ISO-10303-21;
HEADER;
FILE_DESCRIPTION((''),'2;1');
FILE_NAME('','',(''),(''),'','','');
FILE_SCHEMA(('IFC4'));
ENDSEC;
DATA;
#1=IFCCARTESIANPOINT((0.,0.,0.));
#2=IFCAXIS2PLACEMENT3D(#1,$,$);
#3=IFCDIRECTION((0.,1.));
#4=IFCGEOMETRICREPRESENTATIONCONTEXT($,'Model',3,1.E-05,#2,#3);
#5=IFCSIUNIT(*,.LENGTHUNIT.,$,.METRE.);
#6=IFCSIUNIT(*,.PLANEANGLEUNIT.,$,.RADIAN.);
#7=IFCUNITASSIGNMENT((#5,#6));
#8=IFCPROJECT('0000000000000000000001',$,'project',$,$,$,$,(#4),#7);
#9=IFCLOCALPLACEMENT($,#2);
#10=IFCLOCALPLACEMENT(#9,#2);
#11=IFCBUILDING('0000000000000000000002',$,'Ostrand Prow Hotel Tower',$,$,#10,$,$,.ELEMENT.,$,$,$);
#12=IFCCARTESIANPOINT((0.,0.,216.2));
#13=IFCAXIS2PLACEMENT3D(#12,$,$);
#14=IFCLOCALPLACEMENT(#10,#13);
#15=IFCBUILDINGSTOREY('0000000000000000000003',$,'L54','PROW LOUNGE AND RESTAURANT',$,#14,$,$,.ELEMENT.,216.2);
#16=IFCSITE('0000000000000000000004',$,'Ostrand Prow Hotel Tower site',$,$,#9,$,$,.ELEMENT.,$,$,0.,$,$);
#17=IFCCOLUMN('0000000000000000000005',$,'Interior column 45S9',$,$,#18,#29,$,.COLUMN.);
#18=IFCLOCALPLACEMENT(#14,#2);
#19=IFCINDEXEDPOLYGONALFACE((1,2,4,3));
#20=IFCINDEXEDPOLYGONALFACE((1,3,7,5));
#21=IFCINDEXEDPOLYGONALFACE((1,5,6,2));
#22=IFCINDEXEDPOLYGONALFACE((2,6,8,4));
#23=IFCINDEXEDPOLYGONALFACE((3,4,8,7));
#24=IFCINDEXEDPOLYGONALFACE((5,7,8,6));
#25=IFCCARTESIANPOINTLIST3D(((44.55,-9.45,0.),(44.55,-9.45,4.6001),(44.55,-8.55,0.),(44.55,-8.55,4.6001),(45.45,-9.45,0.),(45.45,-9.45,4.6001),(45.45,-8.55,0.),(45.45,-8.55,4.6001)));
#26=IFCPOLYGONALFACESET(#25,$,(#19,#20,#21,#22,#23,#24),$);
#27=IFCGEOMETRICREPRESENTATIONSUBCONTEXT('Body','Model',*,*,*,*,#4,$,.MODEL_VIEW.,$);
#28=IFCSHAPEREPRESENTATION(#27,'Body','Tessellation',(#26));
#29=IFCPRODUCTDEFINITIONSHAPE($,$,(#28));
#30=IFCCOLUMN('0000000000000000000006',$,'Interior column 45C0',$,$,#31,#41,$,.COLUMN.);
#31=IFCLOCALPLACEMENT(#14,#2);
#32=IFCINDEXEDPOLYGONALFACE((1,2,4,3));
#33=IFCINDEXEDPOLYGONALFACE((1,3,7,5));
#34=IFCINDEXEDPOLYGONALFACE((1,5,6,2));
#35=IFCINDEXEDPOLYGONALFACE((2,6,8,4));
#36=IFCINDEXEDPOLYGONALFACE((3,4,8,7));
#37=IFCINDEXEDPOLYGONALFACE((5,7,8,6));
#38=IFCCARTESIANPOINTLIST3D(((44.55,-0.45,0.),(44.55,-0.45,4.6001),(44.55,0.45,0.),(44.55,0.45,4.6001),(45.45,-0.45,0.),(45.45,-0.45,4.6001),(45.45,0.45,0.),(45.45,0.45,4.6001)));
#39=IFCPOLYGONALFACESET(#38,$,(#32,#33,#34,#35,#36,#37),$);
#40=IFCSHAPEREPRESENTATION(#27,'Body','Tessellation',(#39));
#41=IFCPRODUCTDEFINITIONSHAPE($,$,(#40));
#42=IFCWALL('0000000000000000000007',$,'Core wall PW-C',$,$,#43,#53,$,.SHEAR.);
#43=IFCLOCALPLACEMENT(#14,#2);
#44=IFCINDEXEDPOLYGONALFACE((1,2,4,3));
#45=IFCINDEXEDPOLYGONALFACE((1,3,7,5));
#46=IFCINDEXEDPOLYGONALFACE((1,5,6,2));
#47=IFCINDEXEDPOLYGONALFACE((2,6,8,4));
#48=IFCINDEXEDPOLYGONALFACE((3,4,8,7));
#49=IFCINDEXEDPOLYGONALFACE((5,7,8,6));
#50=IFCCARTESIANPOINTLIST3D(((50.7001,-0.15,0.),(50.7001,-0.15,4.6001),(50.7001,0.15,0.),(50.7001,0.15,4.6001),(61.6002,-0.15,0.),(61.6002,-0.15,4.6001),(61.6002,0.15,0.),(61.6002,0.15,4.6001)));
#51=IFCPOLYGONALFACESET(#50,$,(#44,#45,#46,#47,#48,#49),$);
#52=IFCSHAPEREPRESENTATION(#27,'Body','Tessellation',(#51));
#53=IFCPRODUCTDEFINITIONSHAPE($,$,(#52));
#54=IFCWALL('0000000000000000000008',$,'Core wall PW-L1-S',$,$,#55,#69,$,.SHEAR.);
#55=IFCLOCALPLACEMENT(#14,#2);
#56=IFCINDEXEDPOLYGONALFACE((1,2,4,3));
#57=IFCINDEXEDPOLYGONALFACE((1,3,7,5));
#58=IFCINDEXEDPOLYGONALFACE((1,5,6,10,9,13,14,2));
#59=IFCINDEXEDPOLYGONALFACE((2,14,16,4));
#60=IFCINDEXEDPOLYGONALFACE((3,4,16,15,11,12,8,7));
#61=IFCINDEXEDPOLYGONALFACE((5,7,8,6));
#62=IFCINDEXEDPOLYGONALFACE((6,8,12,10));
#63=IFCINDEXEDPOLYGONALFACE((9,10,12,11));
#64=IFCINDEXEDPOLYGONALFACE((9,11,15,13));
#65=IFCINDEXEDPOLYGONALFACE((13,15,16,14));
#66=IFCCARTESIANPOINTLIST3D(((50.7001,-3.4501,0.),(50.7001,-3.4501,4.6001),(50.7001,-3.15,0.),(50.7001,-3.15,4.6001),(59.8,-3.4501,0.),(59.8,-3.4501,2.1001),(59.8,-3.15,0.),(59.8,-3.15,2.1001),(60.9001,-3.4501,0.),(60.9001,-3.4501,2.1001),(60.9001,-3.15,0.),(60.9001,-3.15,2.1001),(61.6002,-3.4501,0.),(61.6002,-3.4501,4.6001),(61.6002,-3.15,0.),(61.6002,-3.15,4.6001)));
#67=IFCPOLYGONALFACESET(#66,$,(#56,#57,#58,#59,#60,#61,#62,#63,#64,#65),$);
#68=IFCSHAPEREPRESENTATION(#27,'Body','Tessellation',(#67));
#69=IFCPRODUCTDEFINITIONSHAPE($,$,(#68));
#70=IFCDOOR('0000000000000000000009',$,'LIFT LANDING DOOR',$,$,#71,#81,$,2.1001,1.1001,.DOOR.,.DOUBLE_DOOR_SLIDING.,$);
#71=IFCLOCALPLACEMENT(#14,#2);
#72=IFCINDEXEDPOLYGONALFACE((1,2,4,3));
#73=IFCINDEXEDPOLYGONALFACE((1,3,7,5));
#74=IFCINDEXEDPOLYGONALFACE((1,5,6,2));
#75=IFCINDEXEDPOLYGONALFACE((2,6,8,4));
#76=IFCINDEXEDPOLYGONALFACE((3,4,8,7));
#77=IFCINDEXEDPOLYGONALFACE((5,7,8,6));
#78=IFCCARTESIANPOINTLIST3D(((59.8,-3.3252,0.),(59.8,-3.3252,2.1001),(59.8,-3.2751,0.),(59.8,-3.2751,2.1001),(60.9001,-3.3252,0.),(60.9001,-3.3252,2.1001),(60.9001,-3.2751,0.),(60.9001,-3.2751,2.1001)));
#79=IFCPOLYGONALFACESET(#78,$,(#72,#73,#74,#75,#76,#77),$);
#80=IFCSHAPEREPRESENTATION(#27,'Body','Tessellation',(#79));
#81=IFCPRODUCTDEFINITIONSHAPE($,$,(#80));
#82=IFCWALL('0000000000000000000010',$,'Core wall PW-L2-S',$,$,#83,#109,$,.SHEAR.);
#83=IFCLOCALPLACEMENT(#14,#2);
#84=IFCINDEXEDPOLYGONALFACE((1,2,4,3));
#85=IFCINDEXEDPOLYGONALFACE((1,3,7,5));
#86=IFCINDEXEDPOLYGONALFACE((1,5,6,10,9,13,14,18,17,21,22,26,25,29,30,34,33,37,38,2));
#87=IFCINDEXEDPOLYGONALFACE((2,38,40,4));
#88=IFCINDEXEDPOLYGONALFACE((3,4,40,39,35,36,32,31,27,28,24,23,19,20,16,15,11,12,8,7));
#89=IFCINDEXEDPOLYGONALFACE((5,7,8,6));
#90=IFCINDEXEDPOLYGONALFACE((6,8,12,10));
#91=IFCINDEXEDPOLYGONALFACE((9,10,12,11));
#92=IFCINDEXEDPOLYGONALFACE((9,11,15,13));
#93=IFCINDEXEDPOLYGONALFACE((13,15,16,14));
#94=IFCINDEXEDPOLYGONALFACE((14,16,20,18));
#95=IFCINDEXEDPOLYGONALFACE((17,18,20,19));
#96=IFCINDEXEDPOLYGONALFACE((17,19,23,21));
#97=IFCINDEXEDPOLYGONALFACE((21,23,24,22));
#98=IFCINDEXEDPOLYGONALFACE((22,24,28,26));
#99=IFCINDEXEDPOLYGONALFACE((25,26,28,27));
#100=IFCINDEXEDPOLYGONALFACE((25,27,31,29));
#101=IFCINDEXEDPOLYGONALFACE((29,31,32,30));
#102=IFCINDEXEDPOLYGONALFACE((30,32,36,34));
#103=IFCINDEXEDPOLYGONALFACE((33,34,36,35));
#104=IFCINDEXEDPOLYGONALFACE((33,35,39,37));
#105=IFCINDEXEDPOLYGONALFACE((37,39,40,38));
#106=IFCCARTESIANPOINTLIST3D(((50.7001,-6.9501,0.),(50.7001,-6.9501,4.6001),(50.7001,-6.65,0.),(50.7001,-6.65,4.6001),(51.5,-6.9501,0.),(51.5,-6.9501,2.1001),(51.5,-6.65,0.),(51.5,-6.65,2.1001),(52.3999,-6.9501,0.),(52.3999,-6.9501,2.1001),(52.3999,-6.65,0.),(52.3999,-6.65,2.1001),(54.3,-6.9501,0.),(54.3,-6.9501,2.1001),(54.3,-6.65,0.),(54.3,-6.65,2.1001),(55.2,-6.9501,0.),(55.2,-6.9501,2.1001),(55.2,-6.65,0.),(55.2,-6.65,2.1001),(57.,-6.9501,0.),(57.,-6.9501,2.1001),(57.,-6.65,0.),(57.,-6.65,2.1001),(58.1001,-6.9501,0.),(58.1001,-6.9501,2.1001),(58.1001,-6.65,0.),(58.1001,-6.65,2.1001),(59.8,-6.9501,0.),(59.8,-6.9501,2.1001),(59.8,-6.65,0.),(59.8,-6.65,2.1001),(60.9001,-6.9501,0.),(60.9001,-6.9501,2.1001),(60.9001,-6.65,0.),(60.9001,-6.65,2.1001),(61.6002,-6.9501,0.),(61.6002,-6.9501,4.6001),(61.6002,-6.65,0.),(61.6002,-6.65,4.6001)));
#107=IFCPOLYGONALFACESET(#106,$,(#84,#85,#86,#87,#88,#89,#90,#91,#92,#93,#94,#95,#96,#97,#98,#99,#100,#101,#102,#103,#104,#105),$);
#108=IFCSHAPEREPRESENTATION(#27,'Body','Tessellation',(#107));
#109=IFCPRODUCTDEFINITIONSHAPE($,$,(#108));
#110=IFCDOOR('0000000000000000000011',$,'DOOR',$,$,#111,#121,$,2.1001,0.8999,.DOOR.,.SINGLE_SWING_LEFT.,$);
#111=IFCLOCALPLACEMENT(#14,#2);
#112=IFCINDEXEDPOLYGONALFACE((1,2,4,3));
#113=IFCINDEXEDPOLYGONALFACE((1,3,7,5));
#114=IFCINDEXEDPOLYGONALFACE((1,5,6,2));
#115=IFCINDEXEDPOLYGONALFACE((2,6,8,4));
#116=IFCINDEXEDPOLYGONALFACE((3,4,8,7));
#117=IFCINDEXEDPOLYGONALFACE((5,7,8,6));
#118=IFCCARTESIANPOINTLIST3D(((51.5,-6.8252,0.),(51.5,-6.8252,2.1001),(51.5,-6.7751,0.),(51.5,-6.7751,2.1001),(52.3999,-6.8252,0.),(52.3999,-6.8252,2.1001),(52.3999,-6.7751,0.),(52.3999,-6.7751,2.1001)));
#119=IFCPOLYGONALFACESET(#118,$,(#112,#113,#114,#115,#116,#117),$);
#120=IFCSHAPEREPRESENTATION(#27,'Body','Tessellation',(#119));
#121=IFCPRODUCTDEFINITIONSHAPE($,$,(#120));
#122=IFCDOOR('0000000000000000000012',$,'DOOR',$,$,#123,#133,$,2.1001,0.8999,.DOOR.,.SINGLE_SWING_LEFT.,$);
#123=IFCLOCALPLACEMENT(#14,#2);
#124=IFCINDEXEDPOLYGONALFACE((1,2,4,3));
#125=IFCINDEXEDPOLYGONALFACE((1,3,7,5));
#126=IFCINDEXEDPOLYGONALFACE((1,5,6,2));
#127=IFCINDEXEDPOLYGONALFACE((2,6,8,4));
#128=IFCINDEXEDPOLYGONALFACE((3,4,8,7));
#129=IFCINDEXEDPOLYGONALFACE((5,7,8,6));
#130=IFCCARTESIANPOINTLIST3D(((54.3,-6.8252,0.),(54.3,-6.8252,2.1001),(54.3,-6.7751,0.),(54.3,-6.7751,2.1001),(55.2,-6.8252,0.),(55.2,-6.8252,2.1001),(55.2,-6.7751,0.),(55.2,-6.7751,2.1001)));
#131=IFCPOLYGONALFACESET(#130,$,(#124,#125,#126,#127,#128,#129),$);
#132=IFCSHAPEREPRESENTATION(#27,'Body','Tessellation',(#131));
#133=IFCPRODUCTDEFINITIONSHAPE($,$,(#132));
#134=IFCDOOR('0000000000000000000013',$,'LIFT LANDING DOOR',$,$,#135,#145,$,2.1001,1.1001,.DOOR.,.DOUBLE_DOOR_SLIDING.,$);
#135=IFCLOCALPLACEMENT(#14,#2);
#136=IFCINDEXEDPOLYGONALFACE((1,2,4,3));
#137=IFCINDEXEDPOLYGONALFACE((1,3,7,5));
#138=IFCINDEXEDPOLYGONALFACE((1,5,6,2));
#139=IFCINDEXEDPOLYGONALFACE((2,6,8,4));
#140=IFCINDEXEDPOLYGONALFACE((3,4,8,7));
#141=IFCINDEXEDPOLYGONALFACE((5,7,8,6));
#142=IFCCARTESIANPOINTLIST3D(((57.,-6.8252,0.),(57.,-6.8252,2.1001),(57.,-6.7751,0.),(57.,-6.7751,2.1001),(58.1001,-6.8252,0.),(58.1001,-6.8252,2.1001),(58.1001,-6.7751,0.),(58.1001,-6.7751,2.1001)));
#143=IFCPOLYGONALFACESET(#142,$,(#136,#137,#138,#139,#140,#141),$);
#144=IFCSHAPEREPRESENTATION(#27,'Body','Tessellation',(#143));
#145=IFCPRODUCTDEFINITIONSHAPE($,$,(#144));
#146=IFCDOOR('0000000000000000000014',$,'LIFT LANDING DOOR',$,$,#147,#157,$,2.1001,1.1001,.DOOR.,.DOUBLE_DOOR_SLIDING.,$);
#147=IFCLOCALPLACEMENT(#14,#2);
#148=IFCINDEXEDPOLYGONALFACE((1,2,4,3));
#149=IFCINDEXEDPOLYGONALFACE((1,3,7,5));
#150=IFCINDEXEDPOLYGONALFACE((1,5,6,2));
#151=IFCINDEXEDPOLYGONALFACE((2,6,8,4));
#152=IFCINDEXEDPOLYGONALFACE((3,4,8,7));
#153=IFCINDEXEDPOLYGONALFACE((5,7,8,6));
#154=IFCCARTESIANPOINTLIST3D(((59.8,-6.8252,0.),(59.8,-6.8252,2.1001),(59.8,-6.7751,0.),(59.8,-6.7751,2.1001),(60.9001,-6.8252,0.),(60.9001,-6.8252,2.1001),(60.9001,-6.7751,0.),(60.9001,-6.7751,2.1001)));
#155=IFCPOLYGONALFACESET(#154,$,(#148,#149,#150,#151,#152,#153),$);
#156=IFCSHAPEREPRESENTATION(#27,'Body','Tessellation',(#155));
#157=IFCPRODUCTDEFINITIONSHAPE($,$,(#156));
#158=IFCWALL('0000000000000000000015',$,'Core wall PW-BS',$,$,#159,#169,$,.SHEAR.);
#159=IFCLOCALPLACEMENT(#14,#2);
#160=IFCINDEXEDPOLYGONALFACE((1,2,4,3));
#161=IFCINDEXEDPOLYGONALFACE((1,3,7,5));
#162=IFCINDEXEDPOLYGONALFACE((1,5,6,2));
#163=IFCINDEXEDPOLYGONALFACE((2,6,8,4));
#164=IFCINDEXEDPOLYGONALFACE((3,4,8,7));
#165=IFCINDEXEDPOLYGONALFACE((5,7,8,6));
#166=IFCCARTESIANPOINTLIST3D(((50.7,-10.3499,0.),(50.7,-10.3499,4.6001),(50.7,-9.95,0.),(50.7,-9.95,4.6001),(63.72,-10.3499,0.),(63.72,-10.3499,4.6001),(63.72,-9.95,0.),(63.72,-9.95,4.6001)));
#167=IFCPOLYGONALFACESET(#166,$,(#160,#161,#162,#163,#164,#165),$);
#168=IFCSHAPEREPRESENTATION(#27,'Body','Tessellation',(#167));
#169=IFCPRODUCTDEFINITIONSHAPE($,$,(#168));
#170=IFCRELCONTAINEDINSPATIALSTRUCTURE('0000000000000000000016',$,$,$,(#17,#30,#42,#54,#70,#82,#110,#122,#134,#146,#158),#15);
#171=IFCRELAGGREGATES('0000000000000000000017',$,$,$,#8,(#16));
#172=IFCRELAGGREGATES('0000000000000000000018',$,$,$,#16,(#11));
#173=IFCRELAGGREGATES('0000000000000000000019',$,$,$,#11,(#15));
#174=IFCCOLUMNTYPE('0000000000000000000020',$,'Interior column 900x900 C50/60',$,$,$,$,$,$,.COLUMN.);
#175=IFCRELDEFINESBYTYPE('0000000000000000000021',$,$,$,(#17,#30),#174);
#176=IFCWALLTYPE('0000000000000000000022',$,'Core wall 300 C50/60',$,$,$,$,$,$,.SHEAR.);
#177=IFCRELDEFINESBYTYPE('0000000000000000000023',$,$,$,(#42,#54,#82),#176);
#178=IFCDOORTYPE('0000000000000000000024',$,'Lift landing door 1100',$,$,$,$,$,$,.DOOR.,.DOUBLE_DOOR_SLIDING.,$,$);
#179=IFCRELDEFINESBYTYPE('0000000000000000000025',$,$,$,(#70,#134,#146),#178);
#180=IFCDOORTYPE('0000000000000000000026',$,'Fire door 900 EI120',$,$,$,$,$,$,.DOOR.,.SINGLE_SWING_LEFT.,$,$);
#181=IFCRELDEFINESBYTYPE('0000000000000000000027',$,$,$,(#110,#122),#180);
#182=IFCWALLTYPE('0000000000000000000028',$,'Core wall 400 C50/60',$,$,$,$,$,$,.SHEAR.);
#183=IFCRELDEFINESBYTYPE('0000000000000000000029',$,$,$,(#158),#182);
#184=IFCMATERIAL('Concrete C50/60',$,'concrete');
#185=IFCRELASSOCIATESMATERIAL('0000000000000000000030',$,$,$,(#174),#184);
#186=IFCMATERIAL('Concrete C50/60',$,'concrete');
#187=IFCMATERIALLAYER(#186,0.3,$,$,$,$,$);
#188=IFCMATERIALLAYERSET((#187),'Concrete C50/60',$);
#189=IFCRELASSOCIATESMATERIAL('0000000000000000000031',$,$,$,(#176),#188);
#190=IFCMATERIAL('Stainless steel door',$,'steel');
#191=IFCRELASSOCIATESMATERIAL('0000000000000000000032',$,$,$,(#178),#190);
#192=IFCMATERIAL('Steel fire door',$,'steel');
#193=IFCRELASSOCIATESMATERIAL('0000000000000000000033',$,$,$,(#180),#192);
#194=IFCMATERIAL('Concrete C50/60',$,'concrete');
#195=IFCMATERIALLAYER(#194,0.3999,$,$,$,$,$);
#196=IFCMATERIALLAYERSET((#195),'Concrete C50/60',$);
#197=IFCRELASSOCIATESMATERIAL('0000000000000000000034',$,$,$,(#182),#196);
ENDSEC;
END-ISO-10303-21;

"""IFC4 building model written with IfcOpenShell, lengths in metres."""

from ifc_helpers import new_model, si_unit, direction, frame, frame_2d, origin, origin_2d, place, context, subcontext, project, spatial, rectangle, extrude, material, layer, layer_set, material_profile, profile_set, type_object, element, fill, save


model = new_model("IFC4")

# Units and contexts
model_context = context("Model", 3, precision=1e-05, world=origin(), true_north=direction((0.0, 1.0)))
body_context = subcontext(model_context, "Body", "Model", "MODEL_VIEW")
ifc_project = project(units=[si_unit("LENGTHUNIT", "METRE"), si_unit("PLANEANGLEUNIT", "RADIAN")], contexts=[model_context])

# Site, building, storey
site_placement = place(None, origin())
site = spatial("IfcSite", under=ifc_project, at=site_placement, Name="Ostrand Prow Hotel Tower site", CompositionType="ELEMENT", RefElevation=0.0)
building_placement = place(site_placement, origin())
building = spatial("IfcBuilding", under=site, at=building_placement, Name="Ostrand Prow Hotel Tower", CompositionType="ELEMENT")
storey_placement = place(building_placement, frame((0.0, 0.0, 216.2)))
storey = spatial("IfcBuildingStorey", under=building, at=storey_placement, Name="L54", Description="PROW LOUNGE AND RESTAURANT", CompositionType="ELEMENT", Elevation=216.2)

# Columns
ifc_material_1 = material(Name="Concrete C50/60", Category="concrete")
ifc_material_profile = material_profile(ifc_material_1, rectangle(XDim=0.8999, YDim=0.8999, at=origin_2d()), Name="RC 900x900")
ifc_profile_set = profile_set([ifc_material_profile], Name="Concrete C50/60")
column_type = type_object("IfcColumnType", Name="Interior column 900x900 C50/60", PredefinedType="COLUMN", material=ifc_profile_set)
for number, where, z_axis, x_axis, name in (
    (1, (45.0, -9.0, 0.0), (0.0, 0.0, 1.0), (1.0, 0.0, 0.0), "Interior column 45S9"),
    (2, (45.0, 0.0, 0.0), (0.0, 0.0, 1.0), (1.0, 0.0, 0.0), "Interior column 45C0"),
):
    element("IfcColumn", number, at=place(storey_placement, frame(where, z_axis=z_axis, x_axis=x_axis)), inside=storey, type_object=column_type, Name=name, PredefinedType="COLUMN", context=body_context, shape_type="SweptSolid", body=[
        extrude(rectangle(XDim=0.8999, YDim=0.8999, at=origin_2d()), origin(), (0.0, 0.0, 1.0), 4.6001),
    ])

# Wall
ifc_material_2 = material(Name="Concrete C50/60", Category="concrete")
ifc_layer_1 = layer(ifc_material_2, 0.3)
ifc_layer_set_1 = layer_set([ifc_layer_1], Name="Concrete C50/60")
wall_type_1 = type_object("IfcWallType", Name="Core wall 300 C50/60", PredefinedType="SHEAR", material=ifc_layer_set_1)
wall_1_placement = place(storey_placement, frame((50.7, 0.0, 0.0), z_axis=(0.0, 0.0, 1.0), x_axis=(1.0, 0.0, 0.0)))
element("IfcWall", 3, at=wall_1_placement, inside=storey, type_object=wall_type_1, Name="Core wall PW-C", PredefinedType="SHEAR", context=body_context, shape_type="SweptSolid", body=[
    extrude(rectangle(XDim=10.9001, YDim=0.3, at=frame_2d((5.4502, 0.0))), origin(), (0.0, 0.0, 1.0), 4.6001),
])

# Wall, opening, door
wall_2_placement = place(storey_placement, frame((50.7, -3.3, 0.0), z_axis=(0.0, 0.0, 1.0), x_axis=(1.0, 0.0, 0.0)))
wall_2 = element("IfcWall", 4, at=wall_2_placement, inside=storey, type_object=wall_type_1, Name="Core wall PW-L1-S", PredefinedType="SHEAR", context=body_context, shape_type="SweptSolid", body=[
    extrude(rectangle(XDim=10.9001, YDim=0.3, at=frame_2d((5.4502, 0.0))), origin(), (0.0, 0.0, 1.0), 4.6001),
])
opening_1_placement = place(wall_2_placement, frame((9.1001, 0.0, 0.0)))
opening_1 = element("IfcOpeningElement", 5, at=opening_1_placement, cuts=wall_2, PredefinedType="OPENING", context=body_context, shape_type="SweptSolid", body=[
    extrude(rectangle(XDim=1.1001, YDim=2.1001, at=frame_2d((0.55, 1.05))), frame((0.0, 0.1599, 0.0), z_axis=(0.0, -1.0, 0.0), x_axis=(1.0, 0.0, 0.0)), (0.0, 0.0, 1.0), 0.3201),
])
ifc_material_3 = material(Name="Stainless steel door", Category="steel")
door_type_1 = type_object("IfcDoorType", Name="Lift landing door 1100", OperationType="DOUBLE_DOOR_SLIDING", PredefinedType="DOOR", material=ifc_material_3)
door_1_placement = place(opening_1_placement, origin())
door_1 = element("IfcDoor", 6, at=door_1_placement, inside=storey, type_object=door_type_1, Name="LIFT LANDING DOOR", OperationType="DOUBLE_DOOR_SLIDING", OverallHeight=2.1001, OverallWidth=1.1001, PredefinedType="DOOR", context=body_context, shape_type="SweptSolid", body=[
    extrude(rectangle(XDim=1.1001, YDim=2.1001, at=frame_2d((0.55, 1.05))), frame((0.0, 0.0249, 0.0), z_axis=(0.0, -1.0, 0.0), x_axis=(1.0, 0.0, 0.0)), (0.0, 0.0, 1.0), 0.05),
])
fill(opening_1, door_1)

# Wall, openings, doors
wall_3_placement = place(storey_placement, frame((50.7, -6.8, 0.0), z_axis=(0.0, 0.0, 1.0), x_axis=(1.0, 0.0, 0.0)))
wall_3 = element("IfcWall", 7, at=wall_3_placement, inside=storey, type_object=wall_type_1, Name="Core wall PW-L2-S", PredefinedType="SHEAR", context=body_context, shape_type="SweptSolid", body=[
    extrude(rectangle(XDim=10.9001, YDim=0.3, at=frame_2d((5.4502, 0.0))), origin(), (0.0, 0.0, 1.0), 4.6001),
])
opening_2_placement = place(wall_3_placement, frame((6.3, 0.0, 0.0)))
opening_2 = element("IfcOpeningElement", 8, at=opening_2_placement, cuts=wall_3, PredefinedType="OPENING", context=body_context, shape_type="SweptSolid", body=[
    extrude(rectangle(XDim=1.1001, YDim=2.1001, at=frame_2d((0.55, 1.05))), frame((0.0, 0.1599, 0.0), z_axis=(0.0, -1.0, 0.0), x_axis=(1.0, 0.0, 0.0)), (0.0, 0.0, 1.0), 0.3201),
])
opening_3_placement = place(wall_3_placement, frame((9.1001, 0.0, 0.0)))
opening_3 = element("IfcOpeningElement", 9, at=opening_3_placement, cuts=wall_3, PredefinedType="OPENING", context=body_context, shape_type="SweptSolid", body=[
    extrude(rectangle(XDim=1.1001, YDim=2.1001, at=frame_2d((0.55, 1.05))), frame((0.0, 0.1599, 0.0), z_axis=(0.0, -1.0, 0.0), x_axis=(1.0, 0.0, 0.0)), (0.0, 0.0, 1.0), 0.3201),
])
opening_4_placement = place(wall_3_placement, frame((0.8, 0.0, 0.0)))
opening_4 = element("IfcOpeningElement", 10, at=opening_4_placement, cuts=wall_3, PredefinedType="OPENING", context=body_context, shape_type="SweptSolid", body=[
    extrude(rectangle(XDim=0.8999, YDim=2.1001, at=frame_2d((0.45, 1.05))), frame((0.0, 0.1599, 0.0), z_axis=(0.0, -1.0, 0.0), x_axis=(1.0, 0.0, 0.0)), (0.0, 0.0, 1.0), 0.3201),
])
opening_5_placement = place(wall_3_placement, frame((3.6001, 0.0, 0.0)))
opening_5 = element("IfcOpeningElement", 11, at=opening_5_placement, cuts=wall_3, PredefinedType="OPENING", context=body_context, shape_type="SweptSolid", body=[
    extrude(rectangle(XDim=0.8999, YDim=2.1001, at=frame_2d((0.45, 1.05))), frame((0.0, 0.1599, 0.0), z_axis=(0.0, -1.0, 0.0), x_axis=(1.0, 0.0, 0.0)), (0.0, 0.0, 1.0), 0.3201),
])
ifc_material_4 = material(Name="Steel fire door", Category="steel")
door_type_2 = type_object("IfcDoorType", Name="Fire door 900 EI120", OperationType="SINGLE_SWING_LEFT", PredefinedType="DOOR", material=ifc_material_4)
door_2_placement = place(opening_4_placement, origin())
door_2 = element("IfcDoor", 12, at=door_2_placement, inside=storey, type_object=door_type_2, Name="DOOR", OperationType="SINGLE_SWING_LEFT", OverallHeight=2.1001, OverallWidth=0.8999, PredefinedType="DOOR", context=body_context, shape_type="SweptSolid", body=[
    extrude(rectangle(XDim=0.8999, YDim=2.1001, at=frame_2d((0.45, 1.05))), frame((0.0, 0.0249, 0.0), z_axis=(0.0, -1.0, 0.0), x_axis=(1.0, 0.0, 0.0)), (0.0, 0.0, 1.0), 0.05),
])
fill(opening_4, door_2)
door_3_placement = place(opening_5_placement, origin())
door_3 = element("IfcDoor", 13, at=door_3_placement, inside=storey, type_object=door_type_2, Name="DOOR", OperationType="SINGLE_SWING_LEFT", OverallHeight=2.1001, OverallWidth=0.8999, PredefinedType="DOOR", context=body_context, shape_type="SweptSolid", body=[
    extrude(rectangle(XDim=0.8999, YDim=2.1001, at=frame_2d((0.45, 1.05))), frame((0.0, 0.0249, 0.0), z_axis=(0.0, -1.0, 0.0), x_axis=(1.0, 0.0, 0.0)), (0.0, 0.0, 1.0), 0.05),
])
fill(opening_5, door_3)
door_4_placement = place(opening_2_placement, origin())
door_4 = element("IfcDoor", 14, at=door_4_placement, inside=storey, type_object=door_type_1, Name="LIFT LANDING DOOR", OperationType="DOUBLE_DOOR_SLIDING", OverallHeight=2.1001, OverallWidth=1.1001, PredefinedType="DOOR", context=body_context, shape_type="SweptSolid", body=[
    extrude(rectangle(XDim=1.1001, YDim=2.1001, at=frame_2d((0.55, 1.05))), frame((0.0, 0.0249, 0.0), z_axis=(0.0, -1.0, 0.0), x_axis=(1.0, 0.0, 0.0)), (0.0, 0.0, 1.0), 0.05),
])
fill(opening_2, door_4)
door_5_placement = place(opening_3_placement, origin())
door_5 = element("IfcDoor", 15, at=door_5_placement, inside=storey, type_object=door_type_1, Name="LIFT LANDING DOOR", OperationType="DOUBLE_DOOR_SLIDING", OverallHeight=2.1001, OverallWidth=1.1001, PredefinedType="DOOR", context=body_context, shape_type="SweptSolid", body=[
    extrude(rectangle(XDim=1.1001, YDim=2.1001, at=frame_2d((0.55, 1.05))), frame((0.0, 0.0249, 0.0), z_axis=(0.0, -1.0, 0.0), x_axis=(1.0, 0.0, 0.0)), (0.0, 0.0, 1.0), 0.05),
])
fill(opening_3, door_5)

# Wall
ifc_material_5 = material(Name="Concrete C50/60", Category="concrete")
ifc_layer_2 = layer(ifc_material_5, 0.3999)
ifc_layer_set_2 = layer_set([ifc_layer_2], Name="Concrete C50/60")
wall_type_2 = type_object("IfcWallType", Name="Core wall 400 C50/60", PredefinedType="SHEAR", material=ifc_layer_set_2)
wall_4_placement = place(storey_placement, frame((50.7, -10.1499, 0.0), z_axis=(0.0, 0.0, 1.0), x_axis=(1.0, 0.0, 0.0)))
element("IfcWall", 16, at=wall_4_placement, inside=storey, type_object=wall_type_2, Name="Core wall PW-BS", PredefinedType="SHEAR", context=body_context, shape_type="SweptSolid", body=[
    extrude(rectangle(XDim=13.02, YDim=0.3999, at=frame_2d((6.51, 0.0))), origin(), (0.0, 0.0, 1.0), 4.6001),
])

save(model, "model.ifc")
